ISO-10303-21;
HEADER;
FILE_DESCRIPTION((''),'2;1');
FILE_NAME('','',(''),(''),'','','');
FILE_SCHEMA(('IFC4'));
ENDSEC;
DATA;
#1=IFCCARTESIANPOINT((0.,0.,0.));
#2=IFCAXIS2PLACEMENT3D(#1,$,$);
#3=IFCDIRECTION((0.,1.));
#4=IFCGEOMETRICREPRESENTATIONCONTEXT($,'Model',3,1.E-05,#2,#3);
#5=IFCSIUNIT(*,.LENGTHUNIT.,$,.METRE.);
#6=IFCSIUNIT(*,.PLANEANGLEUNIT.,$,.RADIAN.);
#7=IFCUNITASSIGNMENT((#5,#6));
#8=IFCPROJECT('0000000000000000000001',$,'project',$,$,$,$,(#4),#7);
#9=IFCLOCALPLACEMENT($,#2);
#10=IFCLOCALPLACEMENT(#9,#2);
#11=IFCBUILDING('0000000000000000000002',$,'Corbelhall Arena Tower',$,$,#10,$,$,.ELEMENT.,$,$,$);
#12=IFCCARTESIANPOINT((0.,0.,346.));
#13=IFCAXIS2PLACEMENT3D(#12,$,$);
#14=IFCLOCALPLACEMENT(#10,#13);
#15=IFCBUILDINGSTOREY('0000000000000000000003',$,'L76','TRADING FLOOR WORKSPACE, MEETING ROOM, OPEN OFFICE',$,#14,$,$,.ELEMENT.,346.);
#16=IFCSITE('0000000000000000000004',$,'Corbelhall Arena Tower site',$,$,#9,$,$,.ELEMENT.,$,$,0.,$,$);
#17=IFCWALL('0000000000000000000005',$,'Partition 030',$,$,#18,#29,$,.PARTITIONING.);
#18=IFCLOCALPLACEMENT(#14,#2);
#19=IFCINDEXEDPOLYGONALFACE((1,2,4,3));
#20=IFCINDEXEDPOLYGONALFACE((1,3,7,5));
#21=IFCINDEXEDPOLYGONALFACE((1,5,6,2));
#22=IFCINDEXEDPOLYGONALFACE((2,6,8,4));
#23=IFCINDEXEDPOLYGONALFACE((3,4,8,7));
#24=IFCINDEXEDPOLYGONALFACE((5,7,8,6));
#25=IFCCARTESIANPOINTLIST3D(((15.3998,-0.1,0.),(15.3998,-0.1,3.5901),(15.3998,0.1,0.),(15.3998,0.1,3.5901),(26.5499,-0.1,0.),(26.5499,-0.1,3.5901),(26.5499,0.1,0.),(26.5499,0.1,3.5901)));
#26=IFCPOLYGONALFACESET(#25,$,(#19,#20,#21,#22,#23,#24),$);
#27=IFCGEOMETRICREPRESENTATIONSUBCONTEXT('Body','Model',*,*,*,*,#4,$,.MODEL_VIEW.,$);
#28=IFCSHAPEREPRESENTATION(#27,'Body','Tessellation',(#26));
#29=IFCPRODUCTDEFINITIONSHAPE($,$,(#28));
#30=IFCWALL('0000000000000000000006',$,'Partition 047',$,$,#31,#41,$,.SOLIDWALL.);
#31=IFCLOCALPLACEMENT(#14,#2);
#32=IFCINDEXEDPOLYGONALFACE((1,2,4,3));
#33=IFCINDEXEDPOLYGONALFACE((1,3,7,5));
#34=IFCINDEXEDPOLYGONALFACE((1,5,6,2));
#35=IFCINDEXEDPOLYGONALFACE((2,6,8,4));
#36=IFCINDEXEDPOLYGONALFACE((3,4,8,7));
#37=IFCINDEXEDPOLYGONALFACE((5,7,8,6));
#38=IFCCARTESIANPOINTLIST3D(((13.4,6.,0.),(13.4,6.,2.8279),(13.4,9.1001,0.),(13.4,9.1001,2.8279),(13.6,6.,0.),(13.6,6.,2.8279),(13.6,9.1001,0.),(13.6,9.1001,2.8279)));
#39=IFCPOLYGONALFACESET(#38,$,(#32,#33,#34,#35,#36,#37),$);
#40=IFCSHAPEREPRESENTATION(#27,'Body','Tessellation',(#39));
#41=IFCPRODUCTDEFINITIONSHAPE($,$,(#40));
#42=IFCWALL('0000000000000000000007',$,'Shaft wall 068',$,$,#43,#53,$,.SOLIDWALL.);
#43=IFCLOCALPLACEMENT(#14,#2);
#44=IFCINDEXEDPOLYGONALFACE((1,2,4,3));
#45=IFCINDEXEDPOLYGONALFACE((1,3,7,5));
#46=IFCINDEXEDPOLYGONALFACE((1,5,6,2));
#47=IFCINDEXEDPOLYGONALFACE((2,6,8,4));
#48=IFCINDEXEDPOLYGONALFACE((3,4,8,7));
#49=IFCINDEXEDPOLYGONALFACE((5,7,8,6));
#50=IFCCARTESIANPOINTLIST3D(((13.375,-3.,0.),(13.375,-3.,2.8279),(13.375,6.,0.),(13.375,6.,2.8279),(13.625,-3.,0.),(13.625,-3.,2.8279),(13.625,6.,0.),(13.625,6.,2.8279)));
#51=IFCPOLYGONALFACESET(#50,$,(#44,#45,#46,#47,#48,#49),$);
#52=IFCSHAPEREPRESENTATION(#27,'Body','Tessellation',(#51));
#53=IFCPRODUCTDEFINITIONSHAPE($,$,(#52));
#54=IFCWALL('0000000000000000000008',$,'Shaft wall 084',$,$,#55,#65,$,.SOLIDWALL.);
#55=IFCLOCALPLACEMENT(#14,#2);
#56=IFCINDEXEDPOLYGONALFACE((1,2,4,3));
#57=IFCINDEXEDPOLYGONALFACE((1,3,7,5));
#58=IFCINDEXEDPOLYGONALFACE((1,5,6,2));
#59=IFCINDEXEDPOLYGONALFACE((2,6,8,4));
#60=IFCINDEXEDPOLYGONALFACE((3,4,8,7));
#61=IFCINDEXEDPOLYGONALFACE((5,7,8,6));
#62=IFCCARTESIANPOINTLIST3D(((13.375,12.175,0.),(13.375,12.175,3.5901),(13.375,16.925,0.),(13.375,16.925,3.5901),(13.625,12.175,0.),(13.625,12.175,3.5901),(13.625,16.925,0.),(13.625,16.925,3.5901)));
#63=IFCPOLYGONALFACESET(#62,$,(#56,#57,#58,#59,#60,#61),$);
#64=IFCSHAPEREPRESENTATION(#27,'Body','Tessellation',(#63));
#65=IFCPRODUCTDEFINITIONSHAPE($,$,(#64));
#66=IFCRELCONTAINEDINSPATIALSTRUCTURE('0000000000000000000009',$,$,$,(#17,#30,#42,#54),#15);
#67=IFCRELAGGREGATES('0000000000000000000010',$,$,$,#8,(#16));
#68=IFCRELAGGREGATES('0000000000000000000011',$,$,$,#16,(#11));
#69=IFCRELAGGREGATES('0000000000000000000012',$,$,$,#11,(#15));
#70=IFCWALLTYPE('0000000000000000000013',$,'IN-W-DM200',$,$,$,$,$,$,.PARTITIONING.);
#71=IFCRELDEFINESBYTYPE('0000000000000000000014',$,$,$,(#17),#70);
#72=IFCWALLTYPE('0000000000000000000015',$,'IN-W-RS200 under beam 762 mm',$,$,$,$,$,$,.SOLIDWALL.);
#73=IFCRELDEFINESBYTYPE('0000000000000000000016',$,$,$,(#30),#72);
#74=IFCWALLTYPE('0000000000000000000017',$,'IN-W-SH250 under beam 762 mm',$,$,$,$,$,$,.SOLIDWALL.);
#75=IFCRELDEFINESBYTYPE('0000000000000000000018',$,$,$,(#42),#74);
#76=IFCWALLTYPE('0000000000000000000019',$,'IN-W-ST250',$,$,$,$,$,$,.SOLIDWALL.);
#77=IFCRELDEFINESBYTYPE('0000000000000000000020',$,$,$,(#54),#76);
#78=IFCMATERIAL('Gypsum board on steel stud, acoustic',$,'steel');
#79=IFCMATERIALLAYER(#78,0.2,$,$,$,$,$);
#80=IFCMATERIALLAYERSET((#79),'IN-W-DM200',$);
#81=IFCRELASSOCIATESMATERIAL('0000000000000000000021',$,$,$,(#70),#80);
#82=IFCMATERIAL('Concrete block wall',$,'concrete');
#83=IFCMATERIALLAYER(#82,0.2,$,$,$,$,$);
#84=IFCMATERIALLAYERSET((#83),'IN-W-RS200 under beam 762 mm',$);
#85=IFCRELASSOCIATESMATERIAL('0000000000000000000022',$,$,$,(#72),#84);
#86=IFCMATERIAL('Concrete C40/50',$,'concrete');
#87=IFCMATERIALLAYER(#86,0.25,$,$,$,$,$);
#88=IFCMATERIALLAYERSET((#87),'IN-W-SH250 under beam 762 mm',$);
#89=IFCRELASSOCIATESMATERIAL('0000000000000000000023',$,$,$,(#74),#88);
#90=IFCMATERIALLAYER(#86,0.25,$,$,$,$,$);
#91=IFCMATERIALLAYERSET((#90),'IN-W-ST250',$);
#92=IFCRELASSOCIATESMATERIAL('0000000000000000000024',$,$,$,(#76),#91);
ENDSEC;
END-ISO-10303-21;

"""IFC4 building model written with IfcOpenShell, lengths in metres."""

from ifc_helpers import new_model, si_unit, direction, frame, frame_2d, origin, place, context, subcontext, project, spatial, rectangle, extrude, material, layer, layer_set, type_object, element, save


model = new_model("IFC4")

# Units and contexts
model_context = context("Model", 3, precision=1e-05, world=origin(), true_north=direction((0.0, 1.0)))
body_context = subcontext(model_context, "Body", "Model", "MODEL_VIEW")
ifc_project = project(units=[si_unit("LENGTHUNIT", "METRE"), si_unit("PLANEANGLEUNIT", "RADIAN")], contexts=[model_context])

# Site, building, storey
site_placement = place(None, origin())
site = spatial("IfcSite", under=ifc_project, at=site_placement, Name="Corbelhall Arena Tower site", CompositionType="ELEMENT", RefElevation=0.0)
building_placement = place(site_placement, origin())
building = spatial("IfcBuilding", under=site, at=building_placement, Name="Corbelhall Arena Tower", CompositionType="ELEMENT")
storey_placement = place(building_placement, frame((0.0, 0.0, 346.0)))
storey = spatial("IfcBuildingStorey", under=building, at=storey_placement, Name="L76", Description="TRADING FLOOR WORKSPACE, MEETING ROOM, OPEN OFFICE", CompositionType="ELEMENT", Elevation=346.0)

# Shared definitions
ifc_material_1 = material(Name="Gypsum board on steel stud, acoustic", Category="steel")
ifc_layer_1 = layer(ifc_material_1, 0.2)
ifc_layer_set_1 = layer_set([ifc_layer_1], Name="IN-W-DM200")
wall_type_1 = type_object("IfcWallType", Name="IN-W-DM200", PredefinedType="PARTITIONING", material=ifc_layer_set_1)

# Walls
for number, where, z_axis, x_axis, name in (
    (1, (26.55, 0.0, 0.0), (0.0, 0.0, 1.0), (-1.0, 0.0, 0.0), "Partition 030"),
):
    element("IfcWall", number, at=place(storey_placement, frame(where, z_axis=z_axis, x_axis=x_axis)), inside=storey, type_object=wall_type_1, Name=name, PredefinedType="PARTITIONING", context=body_context, shape_type="SweptSolid", body=[
        extrude(rectangle(XDim=11.1501, YDim=0.2, at=frame_2d((5.5752, 0.0))), origin(), (0.0, 0.0, 1.0), 3.5901),
    ])
ifc_material_2 = material(Name="Concrete block wall", Category="concrete")
ifc_layer_2 = layer(ifc_material_2, 0.2)
ifc_layer_set_2 = layer_set([ifc_layer_2], Name="IN-W-RS200 under beam 762 mm")
wall_type_2 = type_object("IfcWallType", Name="IN-W-RS200 under beam 762 mm", PredefinedType="SOLIDWALL", material=ifc_layer_set_2)
wall_1_placement = place(storey_placement, frame((13.5, 9.1001, 0.0), z_axis=(0.0, 0.0, 1.0), x_axis=(0.0, -1.0, 0.0)))
element("IfcWall", 2, at=wall_1_placement, inside=storey, type_object=wall_type_2, Name="Partition 047", PredefinedType="SOLIDWALL", context=body_context, shape_type="SweptSolid", body=[
    extrude(rectangle(XDim=3.1001, YDim=0.2, at=frame_2d((1.55, 0.0))), origin(), (0.0, 0.0, 1.0), 2.8279),
])
ifc_material_3 = material(Name="Concrete C40/50", Category="concrete")
ifc_layer_3 = layer(ifc_material_3, 0.25)
ifc_layer_set_3 = layer_set([ifc_layer_3], Name="IN-W-SH250 under beam 762 mm")
wall_type_3 = type_object("IfcWallType", Name="IN-W-SH250 under beam 762 mm", PredefinedType="SOLIDWALL", material=ifc_layer_set_3)
wall_2_placement = place(storey_placement, frame((13.5, 6.0, 0.0), z_axis=(0.0, 0.0, 1.0), x_axis=(0.0, -1.0, 0.0)))
element("IfcWall", 3, at=wall_2_placement, inside=storey, type_object=wall_type_3, Name="Shaft wall 068", PredefinedType="SOLIDWALL", context=body_context, shape_type="SweptSolid", body=[
    extrude(rectangle(XDim=9.0, YDim=0.25, at=frame_2d((4.5, 0.0))), origin(), (0.0, 0.0, 1.0), 2.8279),
])
ifc_layer_4 = layer(ifc_material_3, 0.25)
ifc_layer_set_4 = layer_set([ifc_layer_4], Name="IN-W-ST250")
wall_type_4 = type_object("IfcWallType", Name="IN-W-ST250", PredefinedType="SOLIDWALL", material=ifc_layer_set_4)
wall_3_placement = place(storey_placement, frame((13.5, 12.175, 0.0), z_axis=(0.0, 0.0, 1.0), x_axis=(0.0, 1.0, 0.0)))
element("IfcWall", 4, at=wall_3_placement, inside=storey, type_object=wall_type_4, Name="Shaft wall 084", PredefinedType="SOLIDWALL", context=body_context, shape_type="SweptSolid", body=[
    extrude(rectangle(XDim=4.75, YDim=0.25, at=frame_2d((2.375, 0.0))), origin(), (0.0, 0.0, 1.0), 3.5901),
])

save(model, "model.ifc")
